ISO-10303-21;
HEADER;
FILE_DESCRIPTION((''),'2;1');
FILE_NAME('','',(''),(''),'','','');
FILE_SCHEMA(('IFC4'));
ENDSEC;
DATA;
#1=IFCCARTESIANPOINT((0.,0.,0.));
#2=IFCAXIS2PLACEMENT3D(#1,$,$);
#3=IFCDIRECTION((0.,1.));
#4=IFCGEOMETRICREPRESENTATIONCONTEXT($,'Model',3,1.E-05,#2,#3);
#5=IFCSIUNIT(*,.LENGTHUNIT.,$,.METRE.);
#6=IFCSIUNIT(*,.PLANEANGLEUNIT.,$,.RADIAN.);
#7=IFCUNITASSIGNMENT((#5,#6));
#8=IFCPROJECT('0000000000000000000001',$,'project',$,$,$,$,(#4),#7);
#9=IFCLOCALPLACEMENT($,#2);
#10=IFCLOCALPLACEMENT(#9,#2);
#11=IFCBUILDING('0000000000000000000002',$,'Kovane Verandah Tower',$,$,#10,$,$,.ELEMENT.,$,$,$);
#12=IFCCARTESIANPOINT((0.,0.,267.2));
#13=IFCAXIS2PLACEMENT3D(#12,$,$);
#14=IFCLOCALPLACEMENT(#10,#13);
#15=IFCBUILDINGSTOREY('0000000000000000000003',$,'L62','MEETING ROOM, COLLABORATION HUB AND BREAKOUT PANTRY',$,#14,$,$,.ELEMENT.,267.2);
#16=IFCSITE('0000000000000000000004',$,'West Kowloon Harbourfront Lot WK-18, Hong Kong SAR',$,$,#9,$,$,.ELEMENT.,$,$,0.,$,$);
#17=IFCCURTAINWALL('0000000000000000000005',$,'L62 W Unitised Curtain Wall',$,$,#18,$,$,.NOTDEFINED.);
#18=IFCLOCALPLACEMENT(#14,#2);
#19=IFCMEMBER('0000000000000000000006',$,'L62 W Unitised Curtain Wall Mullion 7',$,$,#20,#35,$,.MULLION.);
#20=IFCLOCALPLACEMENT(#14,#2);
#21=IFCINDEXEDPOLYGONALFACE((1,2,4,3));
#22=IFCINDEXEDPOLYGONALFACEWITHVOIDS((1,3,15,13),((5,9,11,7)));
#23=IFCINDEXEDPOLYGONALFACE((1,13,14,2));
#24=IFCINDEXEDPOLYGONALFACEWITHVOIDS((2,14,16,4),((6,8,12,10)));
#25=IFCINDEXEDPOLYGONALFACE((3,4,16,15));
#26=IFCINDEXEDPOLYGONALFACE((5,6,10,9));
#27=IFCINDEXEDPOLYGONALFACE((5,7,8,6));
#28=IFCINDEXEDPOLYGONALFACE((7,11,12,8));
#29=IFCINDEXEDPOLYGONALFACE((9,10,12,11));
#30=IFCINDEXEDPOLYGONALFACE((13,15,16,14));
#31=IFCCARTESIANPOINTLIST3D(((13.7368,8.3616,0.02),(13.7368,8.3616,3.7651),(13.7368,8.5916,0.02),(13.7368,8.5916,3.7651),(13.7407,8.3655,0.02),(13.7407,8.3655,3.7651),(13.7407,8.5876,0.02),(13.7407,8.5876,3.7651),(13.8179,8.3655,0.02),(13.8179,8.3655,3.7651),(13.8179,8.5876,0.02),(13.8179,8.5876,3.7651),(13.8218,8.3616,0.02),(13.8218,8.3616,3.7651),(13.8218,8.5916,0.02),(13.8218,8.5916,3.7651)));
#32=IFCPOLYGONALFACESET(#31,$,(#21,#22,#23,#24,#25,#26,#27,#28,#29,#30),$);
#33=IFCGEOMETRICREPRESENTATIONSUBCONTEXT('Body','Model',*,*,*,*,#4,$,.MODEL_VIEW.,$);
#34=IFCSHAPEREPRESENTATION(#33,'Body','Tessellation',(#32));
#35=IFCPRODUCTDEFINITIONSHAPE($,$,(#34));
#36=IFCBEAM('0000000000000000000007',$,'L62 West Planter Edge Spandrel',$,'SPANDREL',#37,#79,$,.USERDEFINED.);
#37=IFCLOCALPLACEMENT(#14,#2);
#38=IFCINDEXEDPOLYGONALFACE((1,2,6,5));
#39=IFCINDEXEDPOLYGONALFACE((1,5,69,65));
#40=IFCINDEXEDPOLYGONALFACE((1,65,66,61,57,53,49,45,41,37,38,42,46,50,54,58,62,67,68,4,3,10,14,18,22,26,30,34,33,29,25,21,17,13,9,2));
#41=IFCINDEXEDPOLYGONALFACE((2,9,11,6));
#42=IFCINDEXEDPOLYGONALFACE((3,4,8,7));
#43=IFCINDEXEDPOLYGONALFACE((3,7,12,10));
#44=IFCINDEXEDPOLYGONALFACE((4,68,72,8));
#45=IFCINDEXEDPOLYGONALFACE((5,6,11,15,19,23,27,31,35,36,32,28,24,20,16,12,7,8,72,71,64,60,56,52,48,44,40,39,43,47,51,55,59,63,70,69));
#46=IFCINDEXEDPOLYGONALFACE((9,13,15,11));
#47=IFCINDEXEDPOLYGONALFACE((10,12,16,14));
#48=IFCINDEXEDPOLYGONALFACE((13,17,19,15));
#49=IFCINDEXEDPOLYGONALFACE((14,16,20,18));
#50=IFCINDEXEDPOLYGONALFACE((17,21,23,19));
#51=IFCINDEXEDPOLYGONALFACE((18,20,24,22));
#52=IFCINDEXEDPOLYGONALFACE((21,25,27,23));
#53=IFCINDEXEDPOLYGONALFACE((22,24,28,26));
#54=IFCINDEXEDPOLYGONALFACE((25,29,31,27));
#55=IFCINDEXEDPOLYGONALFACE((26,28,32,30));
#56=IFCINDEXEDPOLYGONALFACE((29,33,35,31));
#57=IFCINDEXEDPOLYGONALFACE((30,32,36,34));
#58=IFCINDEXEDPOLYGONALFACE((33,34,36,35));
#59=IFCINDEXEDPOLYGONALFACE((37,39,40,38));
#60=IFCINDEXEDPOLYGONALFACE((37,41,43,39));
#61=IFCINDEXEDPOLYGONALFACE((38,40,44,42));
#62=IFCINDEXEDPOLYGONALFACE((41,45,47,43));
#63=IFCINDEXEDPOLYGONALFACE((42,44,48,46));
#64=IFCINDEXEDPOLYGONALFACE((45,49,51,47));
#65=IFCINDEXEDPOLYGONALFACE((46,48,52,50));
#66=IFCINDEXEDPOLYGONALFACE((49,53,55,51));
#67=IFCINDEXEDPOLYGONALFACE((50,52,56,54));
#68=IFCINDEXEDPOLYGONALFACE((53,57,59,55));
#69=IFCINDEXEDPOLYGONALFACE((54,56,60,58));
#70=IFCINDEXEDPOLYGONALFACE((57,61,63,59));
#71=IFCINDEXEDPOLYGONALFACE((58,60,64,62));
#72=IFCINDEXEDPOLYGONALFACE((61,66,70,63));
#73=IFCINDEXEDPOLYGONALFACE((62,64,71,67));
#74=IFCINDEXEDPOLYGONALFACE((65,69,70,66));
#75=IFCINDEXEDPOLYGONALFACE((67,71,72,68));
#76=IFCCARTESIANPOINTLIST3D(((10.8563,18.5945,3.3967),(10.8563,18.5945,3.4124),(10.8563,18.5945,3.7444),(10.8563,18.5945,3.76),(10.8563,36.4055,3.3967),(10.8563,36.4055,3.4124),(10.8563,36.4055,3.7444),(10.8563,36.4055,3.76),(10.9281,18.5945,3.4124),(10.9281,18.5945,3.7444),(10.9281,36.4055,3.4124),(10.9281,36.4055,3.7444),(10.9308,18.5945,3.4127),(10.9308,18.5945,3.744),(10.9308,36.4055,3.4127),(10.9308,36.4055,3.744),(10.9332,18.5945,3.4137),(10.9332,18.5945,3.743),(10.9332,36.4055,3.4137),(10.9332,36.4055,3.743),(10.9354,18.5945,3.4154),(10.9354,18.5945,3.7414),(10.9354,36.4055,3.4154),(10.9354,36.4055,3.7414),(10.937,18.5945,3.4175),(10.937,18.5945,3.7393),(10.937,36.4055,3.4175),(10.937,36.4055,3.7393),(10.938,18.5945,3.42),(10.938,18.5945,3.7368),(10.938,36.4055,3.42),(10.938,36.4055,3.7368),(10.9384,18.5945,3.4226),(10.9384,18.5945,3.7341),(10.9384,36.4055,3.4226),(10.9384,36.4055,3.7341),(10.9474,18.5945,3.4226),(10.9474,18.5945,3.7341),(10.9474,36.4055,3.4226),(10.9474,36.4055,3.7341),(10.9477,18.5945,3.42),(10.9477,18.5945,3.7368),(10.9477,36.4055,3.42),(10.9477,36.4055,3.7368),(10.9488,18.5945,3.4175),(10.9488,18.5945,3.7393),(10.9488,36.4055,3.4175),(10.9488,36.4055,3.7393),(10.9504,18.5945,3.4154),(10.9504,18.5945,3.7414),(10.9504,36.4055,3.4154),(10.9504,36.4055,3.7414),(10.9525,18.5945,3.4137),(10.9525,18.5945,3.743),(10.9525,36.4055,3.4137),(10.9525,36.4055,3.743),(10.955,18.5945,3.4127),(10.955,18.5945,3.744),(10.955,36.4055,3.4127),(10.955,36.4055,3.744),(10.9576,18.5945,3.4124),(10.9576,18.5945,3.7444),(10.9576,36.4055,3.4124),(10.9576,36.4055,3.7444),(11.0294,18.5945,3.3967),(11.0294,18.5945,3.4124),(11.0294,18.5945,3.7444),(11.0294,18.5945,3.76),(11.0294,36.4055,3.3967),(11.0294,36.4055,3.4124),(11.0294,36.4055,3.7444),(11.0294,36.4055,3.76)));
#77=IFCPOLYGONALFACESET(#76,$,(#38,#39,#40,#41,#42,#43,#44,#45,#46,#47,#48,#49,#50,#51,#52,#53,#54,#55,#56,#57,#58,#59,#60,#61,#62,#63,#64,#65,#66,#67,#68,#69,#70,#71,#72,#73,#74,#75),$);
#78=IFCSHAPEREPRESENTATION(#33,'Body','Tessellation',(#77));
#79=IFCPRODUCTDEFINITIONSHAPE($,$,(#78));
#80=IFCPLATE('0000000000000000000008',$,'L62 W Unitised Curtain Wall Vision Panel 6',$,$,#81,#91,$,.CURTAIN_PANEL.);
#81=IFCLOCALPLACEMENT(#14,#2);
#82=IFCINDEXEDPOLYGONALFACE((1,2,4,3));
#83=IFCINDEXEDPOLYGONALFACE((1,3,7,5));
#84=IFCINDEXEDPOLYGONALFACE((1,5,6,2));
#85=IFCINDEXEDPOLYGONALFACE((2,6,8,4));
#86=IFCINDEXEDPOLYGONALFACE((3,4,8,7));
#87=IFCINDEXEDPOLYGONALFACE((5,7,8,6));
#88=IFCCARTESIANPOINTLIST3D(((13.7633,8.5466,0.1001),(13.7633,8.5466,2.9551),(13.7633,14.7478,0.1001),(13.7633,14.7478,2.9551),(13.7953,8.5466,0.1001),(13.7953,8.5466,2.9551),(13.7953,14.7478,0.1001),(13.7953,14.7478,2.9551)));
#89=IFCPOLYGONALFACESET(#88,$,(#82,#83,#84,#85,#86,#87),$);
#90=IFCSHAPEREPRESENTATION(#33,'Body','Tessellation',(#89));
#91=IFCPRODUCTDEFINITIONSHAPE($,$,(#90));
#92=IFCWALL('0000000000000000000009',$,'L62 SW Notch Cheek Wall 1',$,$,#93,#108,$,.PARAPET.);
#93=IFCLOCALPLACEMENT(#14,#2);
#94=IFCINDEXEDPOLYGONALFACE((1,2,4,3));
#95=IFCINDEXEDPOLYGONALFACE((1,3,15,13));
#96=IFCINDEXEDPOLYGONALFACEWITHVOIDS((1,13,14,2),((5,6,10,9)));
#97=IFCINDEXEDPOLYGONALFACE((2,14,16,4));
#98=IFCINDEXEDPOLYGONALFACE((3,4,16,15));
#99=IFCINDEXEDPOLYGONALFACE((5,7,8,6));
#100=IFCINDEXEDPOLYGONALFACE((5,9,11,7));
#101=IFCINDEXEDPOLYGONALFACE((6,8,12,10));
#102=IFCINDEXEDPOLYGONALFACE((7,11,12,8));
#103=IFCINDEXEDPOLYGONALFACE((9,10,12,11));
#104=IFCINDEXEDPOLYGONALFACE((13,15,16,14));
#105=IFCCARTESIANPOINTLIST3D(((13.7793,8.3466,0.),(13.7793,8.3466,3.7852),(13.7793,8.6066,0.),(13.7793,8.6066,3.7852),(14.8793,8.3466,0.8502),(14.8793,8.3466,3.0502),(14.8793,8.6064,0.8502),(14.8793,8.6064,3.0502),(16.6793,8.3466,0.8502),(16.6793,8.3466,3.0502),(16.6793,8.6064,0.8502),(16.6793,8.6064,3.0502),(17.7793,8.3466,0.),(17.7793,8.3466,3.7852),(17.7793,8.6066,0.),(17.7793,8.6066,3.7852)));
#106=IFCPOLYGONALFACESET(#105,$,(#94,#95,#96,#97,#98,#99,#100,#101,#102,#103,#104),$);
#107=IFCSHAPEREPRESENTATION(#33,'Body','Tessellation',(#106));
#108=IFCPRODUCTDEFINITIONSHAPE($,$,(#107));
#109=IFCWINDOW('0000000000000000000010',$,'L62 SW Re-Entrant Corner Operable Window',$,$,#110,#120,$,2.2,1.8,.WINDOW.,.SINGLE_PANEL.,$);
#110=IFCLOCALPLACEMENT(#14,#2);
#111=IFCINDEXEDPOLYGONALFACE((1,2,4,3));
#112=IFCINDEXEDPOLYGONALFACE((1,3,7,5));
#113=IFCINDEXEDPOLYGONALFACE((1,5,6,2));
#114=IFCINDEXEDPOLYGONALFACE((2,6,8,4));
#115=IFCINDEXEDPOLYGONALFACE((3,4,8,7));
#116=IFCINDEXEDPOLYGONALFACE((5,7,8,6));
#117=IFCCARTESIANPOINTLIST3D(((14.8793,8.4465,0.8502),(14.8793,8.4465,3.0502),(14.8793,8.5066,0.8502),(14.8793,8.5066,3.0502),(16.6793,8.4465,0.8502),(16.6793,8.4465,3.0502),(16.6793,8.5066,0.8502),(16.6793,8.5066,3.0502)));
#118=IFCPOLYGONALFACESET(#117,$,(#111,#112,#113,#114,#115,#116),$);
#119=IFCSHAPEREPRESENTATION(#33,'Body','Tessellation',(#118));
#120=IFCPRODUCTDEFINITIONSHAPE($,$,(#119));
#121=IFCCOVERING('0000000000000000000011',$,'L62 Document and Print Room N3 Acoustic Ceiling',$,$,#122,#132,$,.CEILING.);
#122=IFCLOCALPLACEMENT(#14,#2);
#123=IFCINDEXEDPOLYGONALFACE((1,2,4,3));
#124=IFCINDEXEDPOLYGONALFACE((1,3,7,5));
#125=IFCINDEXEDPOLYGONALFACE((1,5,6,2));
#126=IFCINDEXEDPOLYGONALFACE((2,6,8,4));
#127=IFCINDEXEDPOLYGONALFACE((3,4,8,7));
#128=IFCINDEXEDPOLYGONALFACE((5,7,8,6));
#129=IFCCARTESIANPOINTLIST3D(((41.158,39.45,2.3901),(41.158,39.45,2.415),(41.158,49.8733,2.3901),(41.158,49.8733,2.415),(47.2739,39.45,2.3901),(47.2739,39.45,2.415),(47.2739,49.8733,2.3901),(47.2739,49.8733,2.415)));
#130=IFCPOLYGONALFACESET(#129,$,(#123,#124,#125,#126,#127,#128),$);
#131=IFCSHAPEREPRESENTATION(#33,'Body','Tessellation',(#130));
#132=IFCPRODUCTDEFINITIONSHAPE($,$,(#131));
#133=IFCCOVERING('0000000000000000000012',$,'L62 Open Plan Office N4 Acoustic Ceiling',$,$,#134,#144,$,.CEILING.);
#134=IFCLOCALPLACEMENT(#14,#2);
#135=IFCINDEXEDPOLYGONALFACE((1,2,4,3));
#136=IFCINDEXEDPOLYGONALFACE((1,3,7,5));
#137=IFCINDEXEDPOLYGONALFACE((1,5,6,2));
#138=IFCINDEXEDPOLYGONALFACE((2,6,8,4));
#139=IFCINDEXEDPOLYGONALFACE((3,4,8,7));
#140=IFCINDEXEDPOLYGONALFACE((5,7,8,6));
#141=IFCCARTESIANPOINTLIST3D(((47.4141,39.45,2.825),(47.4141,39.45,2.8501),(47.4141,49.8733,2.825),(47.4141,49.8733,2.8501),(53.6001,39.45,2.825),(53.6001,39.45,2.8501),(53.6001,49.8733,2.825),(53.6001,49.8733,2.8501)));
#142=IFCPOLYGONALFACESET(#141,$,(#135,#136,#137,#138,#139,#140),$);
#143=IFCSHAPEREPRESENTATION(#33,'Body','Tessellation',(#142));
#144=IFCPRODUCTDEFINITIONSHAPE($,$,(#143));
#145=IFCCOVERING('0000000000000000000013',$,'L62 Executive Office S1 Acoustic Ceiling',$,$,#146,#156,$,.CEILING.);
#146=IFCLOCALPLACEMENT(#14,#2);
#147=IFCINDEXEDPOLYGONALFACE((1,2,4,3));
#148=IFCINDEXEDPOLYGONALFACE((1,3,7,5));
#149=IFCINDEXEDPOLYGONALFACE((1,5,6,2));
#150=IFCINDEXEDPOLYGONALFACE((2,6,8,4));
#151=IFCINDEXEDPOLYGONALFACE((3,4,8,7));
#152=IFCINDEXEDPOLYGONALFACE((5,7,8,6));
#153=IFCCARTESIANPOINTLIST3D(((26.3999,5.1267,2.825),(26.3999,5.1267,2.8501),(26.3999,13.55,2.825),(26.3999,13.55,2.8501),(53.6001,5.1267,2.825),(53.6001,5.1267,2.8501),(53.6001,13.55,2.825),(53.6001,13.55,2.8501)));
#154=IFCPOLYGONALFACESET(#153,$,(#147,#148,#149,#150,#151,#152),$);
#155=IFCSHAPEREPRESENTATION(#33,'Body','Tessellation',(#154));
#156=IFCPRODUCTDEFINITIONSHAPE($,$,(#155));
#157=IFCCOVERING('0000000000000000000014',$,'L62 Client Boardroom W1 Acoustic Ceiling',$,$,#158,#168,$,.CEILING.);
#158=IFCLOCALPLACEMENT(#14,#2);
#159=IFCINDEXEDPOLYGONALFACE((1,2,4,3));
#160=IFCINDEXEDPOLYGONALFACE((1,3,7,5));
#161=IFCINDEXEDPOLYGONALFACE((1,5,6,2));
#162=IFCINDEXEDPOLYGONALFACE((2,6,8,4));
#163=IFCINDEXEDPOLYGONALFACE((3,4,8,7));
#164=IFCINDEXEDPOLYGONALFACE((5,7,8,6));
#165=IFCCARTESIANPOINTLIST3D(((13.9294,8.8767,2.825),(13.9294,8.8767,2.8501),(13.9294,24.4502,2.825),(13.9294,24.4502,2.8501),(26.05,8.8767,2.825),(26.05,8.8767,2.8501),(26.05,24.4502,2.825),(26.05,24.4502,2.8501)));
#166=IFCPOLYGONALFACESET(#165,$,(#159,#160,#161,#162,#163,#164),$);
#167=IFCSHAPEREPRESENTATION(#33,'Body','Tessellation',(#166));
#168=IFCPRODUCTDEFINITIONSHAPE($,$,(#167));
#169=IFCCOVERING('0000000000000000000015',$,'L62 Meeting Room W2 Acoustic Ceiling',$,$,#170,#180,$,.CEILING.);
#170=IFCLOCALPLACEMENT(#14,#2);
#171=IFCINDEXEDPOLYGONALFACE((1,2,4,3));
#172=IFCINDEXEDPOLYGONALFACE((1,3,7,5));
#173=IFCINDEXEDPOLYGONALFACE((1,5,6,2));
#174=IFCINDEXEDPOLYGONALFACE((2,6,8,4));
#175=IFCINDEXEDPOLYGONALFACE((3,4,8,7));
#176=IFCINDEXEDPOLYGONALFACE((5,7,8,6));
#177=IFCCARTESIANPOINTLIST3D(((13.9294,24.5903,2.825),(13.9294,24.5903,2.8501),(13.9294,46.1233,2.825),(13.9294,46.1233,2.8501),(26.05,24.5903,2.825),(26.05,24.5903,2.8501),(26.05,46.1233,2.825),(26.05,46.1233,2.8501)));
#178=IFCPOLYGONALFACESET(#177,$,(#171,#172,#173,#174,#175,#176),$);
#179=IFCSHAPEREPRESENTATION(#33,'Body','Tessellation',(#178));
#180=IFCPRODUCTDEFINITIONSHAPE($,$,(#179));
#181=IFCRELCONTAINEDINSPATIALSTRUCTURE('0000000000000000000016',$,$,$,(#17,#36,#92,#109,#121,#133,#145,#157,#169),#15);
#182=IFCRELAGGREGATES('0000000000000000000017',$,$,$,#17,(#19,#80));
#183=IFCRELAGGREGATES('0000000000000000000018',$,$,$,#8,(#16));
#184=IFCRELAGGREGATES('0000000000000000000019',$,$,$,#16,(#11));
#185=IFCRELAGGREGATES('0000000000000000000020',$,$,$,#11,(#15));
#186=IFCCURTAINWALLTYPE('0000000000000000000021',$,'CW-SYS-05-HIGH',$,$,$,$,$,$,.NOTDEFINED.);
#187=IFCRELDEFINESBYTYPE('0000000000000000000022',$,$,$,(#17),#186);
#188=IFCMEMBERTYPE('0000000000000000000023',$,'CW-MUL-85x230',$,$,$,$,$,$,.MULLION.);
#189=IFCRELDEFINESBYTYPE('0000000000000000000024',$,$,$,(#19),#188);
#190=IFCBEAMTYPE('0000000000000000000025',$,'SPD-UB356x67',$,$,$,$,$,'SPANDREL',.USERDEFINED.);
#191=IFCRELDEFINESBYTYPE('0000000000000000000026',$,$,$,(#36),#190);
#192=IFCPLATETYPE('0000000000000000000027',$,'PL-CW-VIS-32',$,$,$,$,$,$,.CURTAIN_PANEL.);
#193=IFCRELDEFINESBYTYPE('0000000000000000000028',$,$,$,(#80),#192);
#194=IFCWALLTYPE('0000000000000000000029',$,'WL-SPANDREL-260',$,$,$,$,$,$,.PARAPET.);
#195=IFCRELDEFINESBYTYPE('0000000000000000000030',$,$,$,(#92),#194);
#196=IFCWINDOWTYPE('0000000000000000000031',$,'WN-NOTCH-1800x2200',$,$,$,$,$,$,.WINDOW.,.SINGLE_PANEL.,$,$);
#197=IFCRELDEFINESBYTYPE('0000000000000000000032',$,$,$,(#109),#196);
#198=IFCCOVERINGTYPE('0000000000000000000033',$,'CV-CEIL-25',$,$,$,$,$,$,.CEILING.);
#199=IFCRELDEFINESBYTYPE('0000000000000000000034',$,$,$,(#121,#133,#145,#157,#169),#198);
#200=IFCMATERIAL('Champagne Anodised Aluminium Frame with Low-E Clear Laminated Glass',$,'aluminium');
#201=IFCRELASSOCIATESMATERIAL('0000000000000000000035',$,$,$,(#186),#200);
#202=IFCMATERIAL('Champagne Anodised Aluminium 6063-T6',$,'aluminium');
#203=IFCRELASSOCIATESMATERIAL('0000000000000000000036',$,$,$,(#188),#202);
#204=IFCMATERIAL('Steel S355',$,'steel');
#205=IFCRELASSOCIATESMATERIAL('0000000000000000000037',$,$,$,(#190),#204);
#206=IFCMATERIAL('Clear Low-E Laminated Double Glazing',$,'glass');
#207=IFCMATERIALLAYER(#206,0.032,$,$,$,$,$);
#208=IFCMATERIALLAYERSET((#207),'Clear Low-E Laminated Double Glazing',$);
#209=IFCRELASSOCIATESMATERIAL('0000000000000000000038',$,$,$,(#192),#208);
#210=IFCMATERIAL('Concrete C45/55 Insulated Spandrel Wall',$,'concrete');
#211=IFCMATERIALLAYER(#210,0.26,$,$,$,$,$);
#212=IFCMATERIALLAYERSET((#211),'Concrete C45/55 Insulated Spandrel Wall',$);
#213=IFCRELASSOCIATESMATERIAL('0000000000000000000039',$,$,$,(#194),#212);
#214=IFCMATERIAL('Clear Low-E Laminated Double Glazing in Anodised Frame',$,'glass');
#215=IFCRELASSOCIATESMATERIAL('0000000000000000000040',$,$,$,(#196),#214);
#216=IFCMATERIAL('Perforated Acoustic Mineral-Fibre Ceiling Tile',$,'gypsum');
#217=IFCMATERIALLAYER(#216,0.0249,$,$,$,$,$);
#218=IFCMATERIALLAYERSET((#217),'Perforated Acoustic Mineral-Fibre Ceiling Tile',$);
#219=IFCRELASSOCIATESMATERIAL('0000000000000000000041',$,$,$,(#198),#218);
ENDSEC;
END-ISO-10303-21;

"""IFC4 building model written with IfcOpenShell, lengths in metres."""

from ifc_helpers import new_model, si_unit, direction, frame, frame_2d, origin, origin_2d, place, context, subcontext, project, spatial, polyline, rectangle, hollow_rectangle, i_section, outline, extrude, material, layer, layer_set, material_profile, profile_set, type_object, element, fill, aggregate, save


model = new_model("IFC4")

# Units and contexts
model_context = context("Model", 3, precision=1e-05, world=origin(), true_north=direction((0.0, 1.0)))
body_context = subcontext(model_context, "Body", "Model", "MODEL_VIEW")
ifc_project = project(units=[si_unit("LENGTHUNIT", "METRE"), si_unit("PLANEANGLEUNIT", "RADIAN")], contexts=[model_context])

# Site, building, storey
site_placement = place(None, origin())
site = spatial("IfcSite", under=ifc_project, at=site_placement, Name="West Kowloon Harbourfront Lot WK-18, Hong Kong SAR", CompositionType="ELEMENT", RefElevation=0.0)
building_placement = place(site_placement, origin())
building = spatial("IfcBuilding", under=site, at=building_placement, Name="Kovane Verandah Tower", CompositionType="ELEMENT")
storey_placement = place(building_placement, frame((0.0, 0.0, 267.2)))
storey = spatial("IfcBuildingStorey", under=building, at=storey_placement, Name="L62", Description="MEETING ROOM, COLLABORATION HUB AND BREAKOUT PANTRY", CompositionType="ELEMENT", Elevation=267.2)

# Curtain wall, member
ifc_material_1 = material(Name="Champagne Anodised Aluminium Frame with Low-E Clear Laminated Glass", Category="aluminium")
curtain_wall_type = type_object("IfcCurtainWallType", Name="CW-SYS-05-HIGH", PredefinedType="NOTDEFINED", material=ifc_material_1)
curtain_wall_placement = place(storey_placement, origin())
curtain_wall = element("IfcCurtainWall", 1, at=curtain_wall_placement, inside=storey, type_object=curtain_wall_type, Name="L62 W Unitised Curtain Wall", PredefinedType="NOTDEFINED")
ifc_material_2 = material(Name="Champagne Anodised Aluminium 6063-T6", Category="aluminium")
ifc_material_profile_1 = material_profile(ifc_material_2, hollow_rectangle(XDim=0.085, YDim=0.23, WallThickness=0.0039, at=origin_2d()), Name="AL85x230x4")
ifc_profile_set_1 = profile_set([ifc_material_profile_1], Name="Champagne Anodised Aluminium 6063-T6")
member_type = type_object("IfcMemberType", Name="CW-MUL-85x230", PredefinedType="MULLION", material=ifc_profile_set_1)
member_placement = place(storey_placement, frame((13.7793, 8.4766, 0.02), z_axis=(0.0, 0.0, 1.0), x_axis=(-1.0, 0.0, 0.0)))
member = element("IfcMember", 2, at=member_placement, type_object=member_type, Name="L62 W Unitised Curtain Wall Mullion 7", PredefinedType="MULLION", context=body_context, shape_type="SweptSolid", body=[
    extrude(hollow_rectangle(XDim=0.085, YDim=0.23, WallThickness=0.0039, at=origin_2d()), origin(), (0.0, 0.0, 1.0), 3.7451),
])

# Beam
ifc_material_3 = material(Name="Steel S355", Category="steel")
ifc_material_profile_2 = material_profile(ifc_material_3, i_section(OverallWidth=0.1731, OverallDepth=0.3633, WebThickness=0.009, FlangeThickness=0.0156, FilletRadius=0.0103, at=origin_2d()), Name="UB356x171x67")
ifc_profile_set_2 = profile_set([ifc_material_profile_2], Name="Steel S355")
beam_type = type_object("IfcBeamType", Name="SPD-UB356x67", ElementType="SPANDREL", PredefinedType="USERDEFINED", material=ifc_profile_set_2)
beam_placement = place(storey_placement, frame((10.9429, 18.5945, 3.5784), z_axis=(0.0, 1.0, 0.0), x_axis=(-1.0, 0.0, 0.0)))
element("IfcBeam", 3, at=beam_placement, inside=storey, type_object=beam_type, Name="L62 West Planter Edge Spandrel", ObjectType="SPANDREL", PredefinedType="USERDEFINED", context=body_context, shape_type="SweptSolid", body=[
    extrude(i_section(OverallWidth=0.1731, OverallDepth=0.3633, WebThickness=0.009, FlangeThickness=0.0156, FilletRadius=0.0103, at=origin_2d()), origin(), (0.0, 0.0, 1.0), 17.811),
])

# Plate
ifc_material_4 = material(Name="Clear Low-E Laminated Double Glazing", Category="glass")
ifc_layer_1 = layer(ifc_material_4, 0.032)
ifc_layer_set_1 = layer_set([ifc_layer_1], Name="Clear Low-E Laminated Double Glazing")
plate_type = type_object("IfcPlateType", Name="PL-CW-VIS-32", PredefinedType="CURTAIN_PANEL", material=ifc_layer_set_1)
plate_placement = place(storey_placement, frame((13.7793, 11.6472, 0.1001), z_axis=(0.0, 0.0, 1.0), x_axis=(0.0, -1.0, 0.0)))
plate = element("IfcPlate", 4, at=plate_placement, type_object=plate_type, Name="L62 W Unitised Curtain Wall Vision Panel 6", PredefinedType="CURTAIN_PANEL", context=body_context, shape_type="SweptSolid", body=[
    extrude(rectangle(XDim=6.2012, YDim=0.032, at=origin_2d()), origin(), (0.0, 0.0, 1.0), 2.855),
])
aggregate(curtain_wall, [member, plate])

# Wall, opening, window
ifc_material_5 = material(Name="Concrete C45/55 Insulated Spandrel Wall", Category="concrete")
ifc_layer_2 = layer(ifc_material_5, 0.26)
ifc_layer_set_2 = layer_set([ifc_layer_2], Name="Concrete C45/55 Insulated Spandrel Wall")
wall_type = type_object("IfcWallType", Name="WL-SPANDREL-260", PredefinedType="PARAPET", material=ifc_layer_set_2)
wall_placement = place(storey_placement, frame((13.7793, 8.4766, 0.0), z_axis=(0.0, 0.0, 1.0), x_axis=(1.0, 0.0, 0.0)))
wall = element("IfcWall", 5, at=wall_placement, inside=storey, type_object=wall_type, Name="L62 SW Notch Cheek Wall 1", PredefinedType="PARAPET", context=body_context, shape_type="SweptSolid", body=[
    extrude(rectangle(XDim=4.0, YDim=0.26, at=frame_2d((2.0, 0.0))), origin(), (0.0, 0.0, 1.0), 3.7852),
])
opening_placement = place(wall_placement, frame((1.1001, 0.0, 0.8501)))
opening = element("IfcOpeningElement", 6, at=opening_placement, cuts=wall, PredefinedType="OPENING", context=body_context, shape_type="SweptSolid", body=[
    extrude(rectangle(XDim=1.8, YDim=2.2, at=frame_2d((0.8999, 1.1001))), frame((0.0, 0.1299, 0.0), z_axis=(0.0, -1.0, 0.0), x_axis=(1.0, 0.0, 0.0)), (0.0, 0.0, 1.0), 0.26),
])
ifc_material_6 = material(Name="Clear Low-E Laminated Double Glazing in Anodised Frame", Category="glass")
window_type = type_object("IfcWindowType", Name="WN-NOTCH-1800x2200", PartitioningType="SINGLE_PANEL", PredefinedType="WINDOW", material=ifc_material_6)
window_placement = place(opening_placement, origin())
window = element("IfcWindow", 7, at=window_placement, inside=storey, type_object=window_type, Name="L62 SW Re-Entrant Corner Operable Window", OverallHeight=2.2, OverallWidth=1.8, PartitioningType="SINGLE_PANEL", PredefinedType="WINDOW", context=body_context, shape_type="SweptSolid", body=[
    extrude(rectangle(XDim=1.8, YDim=2.2, at=frame_2d((0.8999, 1.1001))), frame((0.0, 0.03, 0.0), z_axis=(0.0, -1.0, 0.0), x_axis=(1.0, 0.0, 0.0)), (0.0, 0.0, 1.0), 0.0601),
])
fill(opening, window)

# Coverings
ifc_material_7 = material(Name="Perforated Acoustic Mineral-Fibre Ceiling Tile", Category="gypsum")
ifc_layer_3 = layer(ifc_material_7, 0.0249)
ifc_layer_set_3 = layer_set([ifc_layer_3], Name="Perforated Acoustic Mineral-Fibre Ceiling Tile")
covering_type_1 = type_object("IfcCoveringType", Name="CV-CEIL-25", PredefinedType="CEILING", material=ifc_layer_set_3)
covering_1_placement = place(storey_placement, frame((0.0, 0.0, 2.3901)))
element("IfcCovering", 8, at=covering_1_placement, inside=storey, type_object=covering_type_1, Name="L62 Document and Print Room N3 Acoustic Ceiling", PredefinedType="CEILING", context=body_context, shape_type="SweptSolid", body=[
    extrude(outline(polyline([(41.158, 39.45), (47.2739, 39.45), (47.2739, 49.8733), (41.158, 49.8733), (41.158, 39.45)])), origin(), (0.0, 0.0, 1.0), 0.0249),
])
covering_2_placement = place(storey_placement, frame((0.0, 0.0, 2.825)))
element("IfcCovering", 9, at=covering_2_placement, inside=storey, type_object=covering_type_1, Name="L62 Open Plan Office N4 Acoustic Ceiling", PredefinedType="CEILING", context=body_context, shape_type="SweptSolid", body=[
    extrude(outline(polyline([(47.4141, 39.45), (53.6001, 39.45), (53.6001, 49.8733), (47.4141, 49.8733), (47.4141, 39.45)])), origin(), (0.0, 0.0, 1.0), 0.0251),
])
covering_3_placement = place(storey_placement, frame((0.0, 0.0, 2.825)))
element("IfcCovering", 10, at=covering_3_placement, inside=storey, type_object=covering_type_1, Name="L62 Executive Office S1 Acoustic Ceiling", PredefinedType="CEILING", context=body_context, shape_type="SweptSolid", body=[
    extrude(outline(polyline([(26.3999, 5.1267), (53.6001, 5.1267), (53.6001, 13.55), (26.3999, 13.55), (26.3999, 5.1267)])), origin(), (0.0, 0.0, 1.0), 0.0251),
])
covering_4_placement = place(storey_placement, frame((0.0, 0.0, 2.825)))
element("IfcCovering", 11, at=covering_4_placement, inside=storey, type_object=covering_type_1, Name="L62 Client Boardroom W1 Acoustic Ceiling", PredefinedType="CEILING", context=body_context, shape_type="SweptSolid", body=[
    extrude(outline(polyline([(13.9294, 8.8767), (26.05, 8.8767), (26.05, 24.4502), (13.9294, 24.4502), (13.9294, 8.8767)])), origin(), (0.0, 0.0, 1.0), 0.0251),
])
covering_5_placement = place(storey_placement, frame((0.0, 0.0, 2.825)))
element("IfcCovering", 12, at=covering_5_placement, inside=storey, type_object=covering_type_1, Name="L62 Meeting Room W2 Acoustic Ceiling", PredefinedType="CEILING", context=body_context, shape_type="SweptSolid", body=[
    extrude(outline(polyline([(13.9294, 24.5903), (26.05, 24.5903), (26.05, 46.1233), (13.9294, 46.1233), (13.9294, 24.5903)])), origin(), (0.0, 0.0, 1.0), 0.0251),
])

save(model, "model.ifc")
